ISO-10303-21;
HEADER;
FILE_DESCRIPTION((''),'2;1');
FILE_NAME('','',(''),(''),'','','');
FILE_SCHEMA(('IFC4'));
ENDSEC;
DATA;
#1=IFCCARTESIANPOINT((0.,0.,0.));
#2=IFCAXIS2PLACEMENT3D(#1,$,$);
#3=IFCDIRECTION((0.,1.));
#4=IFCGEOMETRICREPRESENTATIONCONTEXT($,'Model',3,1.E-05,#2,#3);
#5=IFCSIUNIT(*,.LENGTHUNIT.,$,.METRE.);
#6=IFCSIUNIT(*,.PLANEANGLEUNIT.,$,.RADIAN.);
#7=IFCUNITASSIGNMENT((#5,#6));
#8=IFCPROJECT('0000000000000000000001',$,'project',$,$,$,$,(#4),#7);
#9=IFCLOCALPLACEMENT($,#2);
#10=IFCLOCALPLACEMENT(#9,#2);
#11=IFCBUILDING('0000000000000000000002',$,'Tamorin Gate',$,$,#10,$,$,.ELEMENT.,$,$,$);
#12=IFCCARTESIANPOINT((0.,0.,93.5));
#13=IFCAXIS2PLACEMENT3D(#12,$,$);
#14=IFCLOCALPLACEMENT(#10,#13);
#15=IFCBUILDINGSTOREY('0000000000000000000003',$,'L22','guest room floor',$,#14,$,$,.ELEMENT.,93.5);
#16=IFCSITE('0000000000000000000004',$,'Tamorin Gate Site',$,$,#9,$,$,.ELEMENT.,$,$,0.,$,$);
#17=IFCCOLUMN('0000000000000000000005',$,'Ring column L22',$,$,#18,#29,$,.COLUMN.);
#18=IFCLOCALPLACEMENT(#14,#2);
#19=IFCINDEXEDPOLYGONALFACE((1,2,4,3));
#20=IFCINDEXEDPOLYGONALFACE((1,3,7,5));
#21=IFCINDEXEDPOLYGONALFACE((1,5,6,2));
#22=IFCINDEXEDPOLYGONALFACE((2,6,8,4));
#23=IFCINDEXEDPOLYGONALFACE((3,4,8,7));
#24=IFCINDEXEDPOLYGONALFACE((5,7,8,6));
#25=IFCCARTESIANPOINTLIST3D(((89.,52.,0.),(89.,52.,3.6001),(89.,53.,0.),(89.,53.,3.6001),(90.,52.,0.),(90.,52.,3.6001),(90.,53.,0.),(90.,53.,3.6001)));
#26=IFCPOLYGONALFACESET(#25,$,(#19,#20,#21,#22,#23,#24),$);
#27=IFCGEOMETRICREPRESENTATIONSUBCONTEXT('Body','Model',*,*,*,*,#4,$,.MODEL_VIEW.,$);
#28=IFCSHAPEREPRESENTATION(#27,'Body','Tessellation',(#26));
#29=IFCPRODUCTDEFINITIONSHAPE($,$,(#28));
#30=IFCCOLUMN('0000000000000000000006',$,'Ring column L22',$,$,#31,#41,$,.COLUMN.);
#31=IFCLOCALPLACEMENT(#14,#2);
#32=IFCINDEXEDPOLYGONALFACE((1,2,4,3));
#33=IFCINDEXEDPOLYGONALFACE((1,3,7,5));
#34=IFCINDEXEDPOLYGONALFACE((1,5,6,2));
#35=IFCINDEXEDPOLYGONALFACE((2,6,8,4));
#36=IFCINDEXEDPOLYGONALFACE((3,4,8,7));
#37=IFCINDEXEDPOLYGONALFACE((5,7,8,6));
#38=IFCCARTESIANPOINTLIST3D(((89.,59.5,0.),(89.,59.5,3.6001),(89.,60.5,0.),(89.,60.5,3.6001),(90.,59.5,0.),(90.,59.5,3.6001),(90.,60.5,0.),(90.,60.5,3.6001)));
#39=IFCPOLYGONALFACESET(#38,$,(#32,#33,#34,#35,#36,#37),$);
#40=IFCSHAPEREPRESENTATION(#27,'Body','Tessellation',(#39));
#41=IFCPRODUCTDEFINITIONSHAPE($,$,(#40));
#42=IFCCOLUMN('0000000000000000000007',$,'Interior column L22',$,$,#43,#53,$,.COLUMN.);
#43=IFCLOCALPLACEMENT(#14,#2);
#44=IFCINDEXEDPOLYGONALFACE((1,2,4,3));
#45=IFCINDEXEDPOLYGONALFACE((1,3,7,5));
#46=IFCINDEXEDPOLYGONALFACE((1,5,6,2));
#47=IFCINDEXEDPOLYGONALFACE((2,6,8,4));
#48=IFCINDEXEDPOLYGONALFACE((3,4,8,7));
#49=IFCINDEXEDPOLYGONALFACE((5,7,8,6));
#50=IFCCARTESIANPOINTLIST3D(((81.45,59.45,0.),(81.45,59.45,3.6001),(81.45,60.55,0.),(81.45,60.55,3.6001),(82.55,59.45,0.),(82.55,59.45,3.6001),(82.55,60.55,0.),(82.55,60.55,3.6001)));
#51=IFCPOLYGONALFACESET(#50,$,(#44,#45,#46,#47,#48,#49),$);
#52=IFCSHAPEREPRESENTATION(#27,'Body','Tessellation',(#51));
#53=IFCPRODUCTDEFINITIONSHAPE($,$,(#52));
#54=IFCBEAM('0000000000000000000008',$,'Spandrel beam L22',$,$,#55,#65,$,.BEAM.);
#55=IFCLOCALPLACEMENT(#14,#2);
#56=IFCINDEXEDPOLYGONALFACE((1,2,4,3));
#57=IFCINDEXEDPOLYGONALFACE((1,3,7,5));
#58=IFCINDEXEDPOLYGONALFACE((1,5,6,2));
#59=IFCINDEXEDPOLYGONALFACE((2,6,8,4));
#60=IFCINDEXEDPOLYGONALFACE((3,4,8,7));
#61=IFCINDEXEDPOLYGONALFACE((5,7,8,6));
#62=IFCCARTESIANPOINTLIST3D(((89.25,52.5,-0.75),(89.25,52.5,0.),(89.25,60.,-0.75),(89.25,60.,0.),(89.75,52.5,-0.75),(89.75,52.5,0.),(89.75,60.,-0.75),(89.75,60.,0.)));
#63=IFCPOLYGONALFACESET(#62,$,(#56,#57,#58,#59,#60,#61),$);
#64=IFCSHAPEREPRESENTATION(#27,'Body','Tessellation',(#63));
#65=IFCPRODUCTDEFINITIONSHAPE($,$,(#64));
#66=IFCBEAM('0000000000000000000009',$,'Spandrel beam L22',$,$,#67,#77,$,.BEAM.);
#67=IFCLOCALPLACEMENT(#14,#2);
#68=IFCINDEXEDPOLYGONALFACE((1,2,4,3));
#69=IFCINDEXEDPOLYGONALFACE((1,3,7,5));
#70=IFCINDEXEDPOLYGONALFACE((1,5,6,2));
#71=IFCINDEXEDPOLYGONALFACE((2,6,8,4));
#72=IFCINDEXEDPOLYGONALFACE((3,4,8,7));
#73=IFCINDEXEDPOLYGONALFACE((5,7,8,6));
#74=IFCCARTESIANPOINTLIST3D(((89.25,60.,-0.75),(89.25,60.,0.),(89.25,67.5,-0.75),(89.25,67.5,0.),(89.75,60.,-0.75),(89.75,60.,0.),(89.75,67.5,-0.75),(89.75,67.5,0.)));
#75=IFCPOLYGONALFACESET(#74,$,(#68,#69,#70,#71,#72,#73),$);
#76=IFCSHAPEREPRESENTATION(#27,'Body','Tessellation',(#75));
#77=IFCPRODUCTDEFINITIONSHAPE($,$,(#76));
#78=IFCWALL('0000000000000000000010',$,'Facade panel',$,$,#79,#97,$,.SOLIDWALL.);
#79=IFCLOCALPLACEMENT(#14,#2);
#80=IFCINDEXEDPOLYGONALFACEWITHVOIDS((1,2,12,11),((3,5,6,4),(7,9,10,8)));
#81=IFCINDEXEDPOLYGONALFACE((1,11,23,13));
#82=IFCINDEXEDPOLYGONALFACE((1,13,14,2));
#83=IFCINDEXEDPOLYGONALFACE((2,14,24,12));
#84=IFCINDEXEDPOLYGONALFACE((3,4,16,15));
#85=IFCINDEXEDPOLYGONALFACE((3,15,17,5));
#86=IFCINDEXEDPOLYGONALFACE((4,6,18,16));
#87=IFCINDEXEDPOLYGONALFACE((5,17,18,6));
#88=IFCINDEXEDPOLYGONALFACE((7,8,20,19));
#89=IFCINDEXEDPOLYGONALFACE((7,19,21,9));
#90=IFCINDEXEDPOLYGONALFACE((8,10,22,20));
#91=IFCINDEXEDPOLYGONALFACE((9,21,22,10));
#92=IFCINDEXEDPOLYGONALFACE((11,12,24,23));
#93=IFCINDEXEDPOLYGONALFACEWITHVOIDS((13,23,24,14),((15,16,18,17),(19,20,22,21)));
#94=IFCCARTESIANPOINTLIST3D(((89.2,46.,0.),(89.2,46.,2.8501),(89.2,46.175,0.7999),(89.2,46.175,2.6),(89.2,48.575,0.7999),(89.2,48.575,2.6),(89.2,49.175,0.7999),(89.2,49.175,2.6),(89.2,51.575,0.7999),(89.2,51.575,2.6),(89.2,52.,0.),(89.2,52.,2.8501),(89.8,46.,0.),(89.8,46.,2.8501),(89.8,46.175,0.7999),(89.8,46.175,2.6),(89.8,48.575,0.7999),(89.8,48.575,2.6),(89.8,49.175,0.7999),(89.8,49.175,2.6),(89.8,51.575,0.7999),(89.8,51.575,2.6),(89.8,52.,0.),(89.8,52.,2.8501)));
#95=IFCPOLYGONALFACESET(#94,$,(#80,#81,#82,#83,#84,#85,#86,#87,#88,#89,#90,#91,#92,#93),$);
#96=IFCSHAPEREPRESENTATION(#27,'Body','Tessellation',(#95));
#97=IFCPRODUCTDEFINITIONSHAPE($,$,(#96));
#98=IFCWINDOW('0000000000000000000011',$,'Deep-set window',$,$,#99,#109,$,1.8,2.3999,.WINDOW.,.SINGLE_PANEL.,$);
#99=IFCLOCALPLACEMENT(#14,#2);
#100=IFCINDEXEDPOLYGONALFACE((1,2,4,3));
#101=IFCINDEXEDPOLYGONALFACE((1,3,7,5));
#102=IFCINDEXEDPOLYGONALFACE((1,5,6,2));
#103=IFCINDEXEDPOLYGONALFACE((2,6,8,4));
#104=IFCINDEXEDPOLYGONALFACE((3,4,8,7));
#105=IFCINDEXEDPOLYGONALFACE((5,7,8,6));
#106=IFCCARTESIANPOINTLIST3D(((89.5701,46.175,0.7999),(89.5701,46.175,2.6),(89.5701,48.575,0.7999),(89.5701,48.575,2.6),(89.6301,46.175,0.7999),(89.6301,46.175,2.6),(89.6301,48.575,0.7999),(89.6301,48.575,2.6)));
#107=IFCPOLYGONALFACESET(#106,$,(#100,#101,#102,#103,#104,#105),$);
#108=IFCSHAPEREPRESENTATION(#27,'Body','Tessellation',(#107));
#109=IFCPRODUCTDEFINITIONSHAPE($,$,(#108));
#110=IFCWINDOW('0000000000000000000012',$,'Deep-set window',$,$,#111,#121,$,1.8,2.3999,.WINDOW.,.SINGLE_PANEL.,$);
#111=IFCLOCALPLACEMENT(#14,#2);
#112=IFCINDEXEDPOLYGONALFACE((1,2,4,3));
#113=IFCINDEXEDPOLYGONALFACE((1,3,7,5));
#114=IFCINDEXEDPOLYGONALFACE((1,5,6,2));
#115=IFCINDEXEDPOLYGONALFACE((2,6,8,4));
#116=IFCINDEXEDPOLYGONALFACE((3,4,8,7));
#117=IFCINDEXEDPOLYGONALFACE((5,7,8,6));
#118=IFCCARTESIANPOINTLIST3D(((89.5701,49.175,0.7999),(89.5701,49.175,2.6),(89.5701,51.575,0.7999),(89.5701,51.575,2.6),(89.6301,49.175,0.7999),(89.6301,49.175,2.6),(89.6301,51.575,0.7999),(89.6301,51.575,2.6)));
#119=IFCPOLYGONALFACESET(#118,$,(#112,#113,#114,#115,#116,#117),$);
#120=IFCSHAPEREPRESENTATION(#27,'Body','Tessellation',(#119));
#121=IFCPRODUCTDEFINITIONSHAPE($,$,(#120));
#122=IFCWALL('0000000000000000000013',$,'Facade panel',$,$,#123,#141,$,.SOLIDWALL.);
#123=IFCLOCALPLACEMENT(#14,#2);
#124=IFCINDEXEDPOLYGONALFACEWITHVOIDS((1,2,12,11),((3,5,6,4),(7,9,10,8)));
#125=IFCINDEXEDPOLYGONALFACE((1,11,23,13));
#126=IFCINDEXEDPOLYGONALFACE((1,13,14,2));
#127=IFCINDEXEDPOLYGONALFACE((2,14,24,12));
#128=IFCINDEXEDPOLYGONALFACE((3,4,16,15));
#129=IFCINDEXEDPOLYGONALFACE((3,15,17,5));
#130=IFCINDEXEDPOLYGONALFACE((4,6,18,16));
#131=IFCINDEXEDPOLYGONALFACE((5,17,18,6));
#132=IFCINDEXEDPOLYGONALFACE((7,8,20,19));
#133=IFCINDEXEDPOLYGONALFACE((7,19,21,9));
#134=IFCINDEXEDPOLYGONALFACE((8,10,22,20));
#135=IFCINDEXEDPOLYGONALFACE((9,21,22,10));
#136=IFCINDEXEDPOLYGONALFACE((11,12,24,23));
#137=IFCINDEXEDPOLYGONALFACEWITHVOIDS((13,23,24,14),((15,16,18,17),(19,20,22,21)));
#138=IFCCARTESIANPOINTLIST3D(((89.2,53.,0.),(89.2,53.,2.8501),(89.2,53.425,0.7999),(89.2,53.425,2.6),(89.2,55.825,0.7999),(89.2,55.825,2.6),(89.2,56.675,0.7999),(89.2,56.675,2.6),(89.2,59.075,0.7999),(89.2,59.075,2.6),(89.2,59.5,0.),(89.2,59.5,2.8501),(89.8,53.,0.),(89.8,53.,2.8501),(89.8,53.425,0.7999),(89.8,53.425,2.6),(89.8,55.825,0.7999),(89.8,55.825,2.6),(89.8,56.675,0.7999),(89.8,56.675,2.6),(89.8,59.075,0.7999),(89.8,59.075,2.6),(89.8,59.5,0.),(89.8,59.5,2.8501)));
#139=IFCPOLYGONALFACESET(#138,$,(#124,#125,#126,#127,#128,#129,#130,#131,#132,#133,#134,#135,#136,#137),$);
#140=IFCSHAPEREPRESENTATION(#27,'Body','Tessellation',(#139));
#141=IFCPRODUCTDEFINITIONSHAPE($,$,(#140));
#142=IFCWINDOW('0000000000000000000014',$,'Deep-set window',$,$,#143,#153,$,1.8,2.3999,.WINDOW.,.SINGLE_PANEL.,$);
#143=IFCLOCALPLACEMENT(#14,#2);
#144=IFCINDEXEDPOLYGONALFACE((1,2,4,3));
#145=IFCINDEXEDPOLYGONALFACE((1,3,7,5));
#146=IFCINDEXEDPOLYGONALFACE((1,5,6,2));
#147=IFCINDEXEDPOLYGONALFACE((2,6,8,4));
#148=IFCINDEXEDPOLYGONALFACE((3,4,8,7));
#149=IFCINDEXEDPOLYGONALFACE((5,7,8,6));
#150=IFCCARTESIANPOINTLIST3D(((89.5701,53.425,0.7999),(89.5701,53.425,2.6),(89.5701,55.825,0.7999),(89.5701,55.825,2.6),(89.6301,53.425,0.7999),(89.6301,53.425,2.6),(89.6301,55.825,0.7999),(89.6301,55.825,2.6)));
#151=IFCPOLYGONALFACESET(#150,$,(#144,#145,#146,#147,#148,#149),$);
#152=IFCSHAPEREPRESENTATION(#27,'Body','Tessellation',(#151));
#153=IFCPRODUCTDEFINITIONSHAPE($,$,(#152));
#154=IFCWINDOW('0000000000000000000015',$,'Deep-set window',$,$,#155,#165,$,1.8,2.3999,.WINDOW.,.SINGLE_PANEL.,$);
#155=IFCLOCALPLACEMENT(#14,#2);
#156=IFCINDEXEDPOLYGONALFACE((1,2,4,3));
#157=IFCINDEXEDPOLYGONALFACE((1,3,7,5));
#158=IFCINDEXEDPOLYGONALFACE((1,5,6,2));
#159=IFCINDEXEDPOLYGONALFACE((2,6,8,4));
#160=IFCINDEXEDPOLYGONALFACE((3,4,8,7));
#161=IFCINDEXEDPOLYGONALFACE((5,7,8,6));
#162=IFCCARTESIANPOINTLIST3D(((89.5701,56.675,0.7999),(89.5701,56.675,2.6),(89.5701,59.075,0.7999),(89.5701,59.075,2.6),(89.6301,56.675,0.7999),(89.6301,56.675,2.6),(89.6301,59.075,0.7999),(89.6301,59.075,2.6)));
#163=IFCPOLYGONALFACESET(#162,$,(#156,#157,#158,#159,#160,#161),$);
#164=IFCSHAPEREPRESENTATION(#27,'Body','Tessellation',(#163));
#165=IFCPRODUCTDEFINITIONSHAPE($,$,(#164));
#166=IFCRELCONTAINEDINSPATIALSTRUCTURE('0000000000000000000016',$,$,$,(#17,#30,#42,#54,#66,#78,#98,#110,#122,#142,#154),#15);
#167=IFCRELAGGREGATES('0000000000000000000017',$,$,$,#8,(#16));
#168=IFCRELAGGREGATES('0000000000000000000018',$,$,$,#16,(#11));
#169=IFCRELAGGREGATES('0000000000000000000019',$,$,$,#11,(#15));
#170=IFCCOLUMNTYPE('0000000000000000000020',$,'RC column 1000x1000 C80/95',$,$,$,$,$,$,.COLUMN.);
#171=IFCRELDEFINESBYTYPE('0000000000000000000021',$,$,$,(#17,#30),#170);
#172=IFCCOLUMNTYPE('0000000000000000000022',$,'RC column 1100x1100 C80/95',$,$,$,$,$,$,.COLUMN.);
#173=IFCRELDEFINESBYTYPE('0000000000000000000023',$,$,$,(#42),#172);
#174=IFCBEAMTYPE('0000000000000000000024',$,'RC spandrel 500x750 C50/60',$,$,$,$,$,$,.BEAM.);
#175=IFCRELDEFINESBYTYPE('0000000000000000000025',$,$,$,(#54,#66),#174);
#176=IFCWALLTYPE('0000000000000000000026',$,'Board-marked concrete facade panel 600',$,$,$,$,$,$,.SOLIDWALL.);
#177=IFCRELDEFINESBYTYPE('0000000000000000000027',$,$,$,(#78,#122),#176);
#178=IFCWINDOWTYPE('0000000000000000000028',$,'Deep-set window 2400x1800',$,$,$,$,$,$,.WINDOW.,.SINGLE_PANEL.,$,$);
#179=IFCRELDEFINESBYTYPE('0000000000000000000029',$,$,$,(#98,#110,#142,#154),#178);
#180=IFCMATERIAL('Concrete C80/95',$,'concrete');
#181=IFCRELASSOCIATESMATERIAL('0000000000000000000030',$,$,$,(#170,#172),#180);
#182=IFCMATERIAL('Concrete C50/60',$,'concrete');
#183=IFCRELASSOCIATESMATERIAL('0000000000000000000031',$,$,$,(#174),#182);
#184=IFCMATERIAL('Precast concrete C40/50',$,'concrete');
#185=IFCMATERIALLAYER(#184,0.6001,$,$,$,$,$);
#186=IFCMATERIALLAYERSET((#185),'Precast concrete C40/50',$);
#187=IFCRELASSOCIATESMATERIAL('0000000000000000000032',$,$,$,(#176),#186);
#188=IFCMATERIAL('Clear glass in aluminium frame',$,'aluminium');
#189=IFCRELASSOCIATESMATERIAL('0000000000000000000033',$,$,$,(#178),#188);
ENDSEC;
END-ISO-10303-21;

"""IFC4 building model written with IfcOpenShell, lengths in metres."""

from ifc_helpers import new_model, si_unit, direction, frame, frame_2d, origin, origin_2d, place, context, subcontext, project, spatial, rectangle, extrude, material, layer, layer_set, material_profile, profile_set, type_object, element, fill, save


model = new_model("IFC4")

# Units and contexts
model_context = context("Model", 3, precision=1e-05, world=origin(), true_north=direction((0.0, 1.0)))
body_context = subcontext(model_context, "Body", "Model", "MODEL_VIEW")
ifc_project = project(units=[si_unit("LENGTHUNIT", "METRE"), si_unit("PLANEANGLEUNIT", "RADIAN")], contexts=[model_context])

# Site, building, storey
site_placement = place(None, origin())
site = spatial("IfcSite", under=ifc_project, at=site_placement, Name="Tamorin Gate Site", CompositionType="ELEMENT", RefElevation=0.0)
building_placement = place(site_placement, origin())
building = spatial("IfcBuilding", under=site, at=building_placement, Name="Tamorin Gate", CompositionType="ELEMENT")
storey_placement = place(building_placement, frame((0.0, 0.0, 93.5)))
storey = spatial("IfcBuildingStorey", under=building, at=storey_placement, Name="L22", Description="guest room floor", CompositionType="ELEMENT", Elevation=93.5)

# Columns
ifc_material_1 = material(Name="Concrete C80/95", Category="concrete")
ifc_material_profile_1 = material_profile(ifc_material_1, rectangle(XDim=1.0, YDim=1.0, at=origin_2d()), Name="RC 1000x1000")
ifc_profile_set_1 = profile_set([ifc_material_profile_1], Name="Concrete C80/95")
column_type_1 = type_object("IfcColumnType", Name="RC column 1000x1000 C80/95", PredefinedType="COLUMN", material=ifc_profile_set_1)
for number, where, z_axis, x_axis, name in (
    (1, (89.5, 52.5, 0.0), (0.0, 0.0, 1.0), (1.0, 0.0, 0.0), "Ring column L22"),
    (2, (89.5, 60.0, 0.0), (0.0, 0.0, 1.0), (1.0, 0.0, 0.0), "Ring column L22"),
):
    element("IfcColumn", number, at=place(storey_placement, frame(where, z_axis=z_axis, x_axis=x_axis)), inside=storey, type_object=column_type_1, Name=name, PredefinedType="COLUMN", context=body_context, shape_type="SweptSolid", body=[
        extrude(rectangle(XDim=1.0, YDim=1.0, at=origin_2d()), origin(), (0.0, 0.0, 1.0), 3.6001),
    ])
ifc_material_profile_2 = material_profile(ifc_material_1, rectangle(XDim=1.1001, YDim=1.1001, at=origin_2d()), Name="RC 1100x1100")
ifc_profile_set_2 = profile_set([ifc_material_profile_2], Name="Concrete C80/95")
column_type_2 = type_object("IfcColumnType", Name="RC column 1100x1100 C80/95", PredefinedType="COLUMN", material=ifc_profile_set_2)
column_placement = place(storey_placement, frame((82.0, 60.0, 0.0), z_axis=(0.0, 0.0, 1.0), x_axis=(1.0, 0.0, 0.0)))
element("IfcColumn", 3, at=column_placement, inside=storey, type_object=column_type_2, Name="Interior column L22", PredefinedType="COLUMN", context=body_context, shape_type="SweptSolid", body=[
    extrude(rectangle(XDim=1.1001, YDim=1.1001, at=origin_2d()), origin(), (0.0, 0.0, 1.0), 3.6001),
])

# Beams
ifc_material_2 = material(Name="Concrete C50/60", Category="concrete")
ifc_material_profile_3 = material_profile(ifc_material_2, rectangle(XDim=0.5, YDim=0.75, at=origin_2d()), Name="RC 500x750")
ifc_profile_set_3 = profile_set([ifc_material_profile_3], Name="Concrete C50/60")
beam_type = type_object("IfcBeamType", Name="RC spandrel 500x750 C50/60", PredefinedType="BEAM", material=ifc_profile_set_3)
for number, where, z_axis, x_axis, name in (
    (4, (89.5, 52.5, -0.375), (0.0, 1.0, 0.0), (-1.0, 0.0, 0.0), "Spandrel beam L22"),
    (5, (89.5, 60.0, -0.375), (0.0, 1.0, 0.0), (-1.0, 0.0, 0.0), "Spandrel beam L22"),
):
    element("IfcBeam", number, at=place(storey_placement, frame(where, z_axis=z_axis, x_axis=x_axis)), inside=storey, type_object=beam_type, Name=name, PredefinedType="BEAM", context=body_context, shape_type="SweptSolid", body=[
        extrude(rectangle(XDim=0.5, YDim=0.75, at=origin_2d()), origin(), (0.0, 0.0, 1.0), 7.5),
    ])

# Walls, openings, windows
ifc_material_3 = material(Name="Precast concrete C40/50", Category="concrete")
ifc_layer_1 = layer(ifc_material_3, 0.6001)
ifc_layer_set_1 = layer_set([ifc_layer_1], Name="Precast concrete C40/50")
wall_type_1 = type_object("IfcWallType", Name="Board-marked concrete facade panel 600", PredefinedType="SOLIDWALL", material=ifc_layer_set_1)
wall_1_placement = place(storey_placement, frame((89.5, 46.0, 0.0), z_axis=(0.0, 0.0, 1.0), x_axis=(0.0, 1.0, 0.0)))
wall_1 = element("IfcWall", 6, at=wall_1_placement, inside=storey, type_object=wall_type_1, Name="Facade panel", PredefinedType="SOLIDWALL", context=body_context, shape_type="SweptSolid", body=[
    extrude(rectangle(XDim=6.0, YDim=0.6001, at=frame_2d((3.0, 0.0))), origin(), (0.0, 0.0, 1.0), 2.8501),
])
opening_1_placement = place(wall_1_placement, frame((0.175, 0.0, 0.8)))
opening_1 = element("IfcOpeningElement", 7, at=opening_1_placement, cuts=wall_1, PredefinedType="OPENING", context=body_context, shape_type="SweptSolid", body=[
    extrude(rectangle(XDim=2.3999, YDim=1.8, at=frame_2d((1.2, 0.8999))), frame((0.0, 0.3101, 0.0), z_axis=(0.0, -1.0, 0.0), x_axis=(1.0, 0.0, 0.0)), (0.0, 0.0, 1.0), 0.6201),
])
opening_2_placement = place(wall_1_placement, frame((3.175, 0.0, 0.8)))
opening_2 = element("IfcOpeningElement", 8, at=opening_2_placement, cuts=wall_1, PredefinedType="OPENING", context=body_context, shape_type="SweptSolid", body=[
    extrude(rectangle(XDim=2.3999, YDim=1.8, at=frame_2d((1.2, 0.8999))), frame((0.0, 0.3101, 0.0), z_axis=(0.0, -1.0, 0.0), x_axis=(1.0, 0.0, 0.0)), (0.0, 0.0, 1.0), 0.6201),
])
ifc_material_4 = material(Name="Clear glass in aluminium frame", Category="aluminium")
window_type = type_object("IfcWindowType", Name="Deep-set window 2400x1800", PartitioningType="SINGLE_PANEL", PredefinedType="WINDOW", material=ifc_material_4)
window_1_placement = place(opening_1_placement, origin())
window_1 = element("IfcWindow", 9, at=window_1_placement, inside=storey, type_object=window_type, Name="Deep-set window", OverallHeight=1.8, OverallWidth=2.3999, PartitioningType="SINGLE_PANEL", PredefinedType="WINDOW", context=body_context, shape_type="SweptSolid", body=[
    extrude(rectangle(XDim=2.3999, YDim=1.8, at=frame_2d((1.2, 0.8999))), frame((0.0, -0.0701, 0.0), z_axis=(0.0, -1.0, 0.0), x_axis=(1.0, 0.0, 0.0)), (0.0, 0.0, 1.0), 0.0601),
])
fill(opening_1, window_1)
window_2_placement = place(opening_2_placement, origin())
window_2 = element("IfcWindow", 10, at=window_2_placement, inside=storey, type_object=window_type, Name="Deep-set window", OverallHeight=1.8, OverallWidth=2.3999, PartitioningType="SINGLE_PANEL", PredefinedType="WINDOW", context=body_context, shape_type="SweptSolid", body=[
    extrude(rectangle(XDim=2.3999, YDim=1.8, at=frame_2d((1.2, 0.8999))), frame((0.0, -0.0701, 0.0), z_axis=(0.0, -1.0, 0.0), x_axis=(1.0, 0.0, 0.0)), (0.0, 0.0, 1.0), 0.0601),
])
fill(opening_2, window_2)
wall_2_placement = place(storey_placement, frame((89.5, 53.0, 0.0), z_axis=(0.0, 0.0, 1.0), x_axis=(0.0, 1.0, 0.0)))
wall_2 = element("IfcWall", 11, at=wall_2_placement, inside=storey, type_object=wall_type_1, Name="Facade panel", PredefinedType="SOLIDWALL", context=body_context, shape_type="SweptSolid", body=[
    extrude(rectangle(XDim=6.5, YDim=0.6001, at=frame_2d((3.25, 0.0))), origin(), (0.0, 0.0, 1.0), 2.8501),
])
opening_3_placement = place(wall_2_placement, frame((0.425, 0.0, 0.8)))
opening_3 = element("IfcOpeningElement", 12, at=opening_3_placement, cuts=wall_2, PredefinedType="OPENING", context=body_context, shape_type="SweptSolid", body=[
    extrude(rectangle(XDim=2.3999, YDim=1.8, at=frame_2d((1.2, 0.8999))), frame((0.0, 0.3101, 0.0), z_axis=(0.0, -1.0, 0.0), x_axis=(1.0, 0.0, 0.0)), (0.0, 0.0, 1.0), 0.6201),
])
opening_4_placement = place(wall_2_placement, frame((3.675, 0.0, 0.8)))
opening_4 = element("IfcOpeningElement", 13, at=opening_4_placement, cuts=wall_2, PredefinedType="OPENING", context=body_context, shape_type="SweptSolid", body=[
    extrude(rectangle(XDim=2.3999, YDim=1.8, at=frame_2d((1.2, 0.8999))), frame((0.0, 0.3101, 0.0), z_axis=(0.0, -1.0, 0.0), x_axis=(1.0, 0.0, 0.0)), (0.0, 0.0, 1.0), 0.6201),
])
window_3_placement = place(opening_3_placement, origin())
window_3 = element("IfcWindow", 14, at=window_3_placement, inside=storey, type_object=window_type, Name="Deep-set window", OverallHeight=1.8, OverallWidth=2.3999, PartitioningType="SINGLE_PANEL", PredefinedType="WINDOW", context=body_context, shape_type="SweptSolid", body=[
    extrude(rectangle(XDim=2.3999, YDim=1.8, at=frame_2d((1.2, 0.8999))), frame((0.0, -0.0701, 0.0), z_axis=(0.0, -1.0, 0.0), x_axis=(1.0, 0.0, 0.0)), (0.0, 0.0, 1.0), 0.0601),
])
fill(opening_3, window_3)
window_4_placement = place(opening_4_placement, origin())
window_4 = element("IfcWindow", 15, at=window_4_placement, inside=storey, type_object=window_type, Name="Deep-set window", OverallHeight=1.8, OverallWidth=2.3999, PartitioningType="SINGLE_PANEL", PredefinedType="WINDOW", context=body_context, shape_type="SweptSolid", body=[
    extrude(rectangle(XDim=2.3999, YDim=1.8, at=frame_2d((1.2, 0.8999))), frame((0.0, -0.0701, 0.0), z_axis=(0.0, -1.0, 0.0), x_axis=(1.0, 0.0, 0.0)), (0.0, 0.0, 1.0), 0.0601),
])
fill(opening_4, window_4)

save(model, "model.ifc")
